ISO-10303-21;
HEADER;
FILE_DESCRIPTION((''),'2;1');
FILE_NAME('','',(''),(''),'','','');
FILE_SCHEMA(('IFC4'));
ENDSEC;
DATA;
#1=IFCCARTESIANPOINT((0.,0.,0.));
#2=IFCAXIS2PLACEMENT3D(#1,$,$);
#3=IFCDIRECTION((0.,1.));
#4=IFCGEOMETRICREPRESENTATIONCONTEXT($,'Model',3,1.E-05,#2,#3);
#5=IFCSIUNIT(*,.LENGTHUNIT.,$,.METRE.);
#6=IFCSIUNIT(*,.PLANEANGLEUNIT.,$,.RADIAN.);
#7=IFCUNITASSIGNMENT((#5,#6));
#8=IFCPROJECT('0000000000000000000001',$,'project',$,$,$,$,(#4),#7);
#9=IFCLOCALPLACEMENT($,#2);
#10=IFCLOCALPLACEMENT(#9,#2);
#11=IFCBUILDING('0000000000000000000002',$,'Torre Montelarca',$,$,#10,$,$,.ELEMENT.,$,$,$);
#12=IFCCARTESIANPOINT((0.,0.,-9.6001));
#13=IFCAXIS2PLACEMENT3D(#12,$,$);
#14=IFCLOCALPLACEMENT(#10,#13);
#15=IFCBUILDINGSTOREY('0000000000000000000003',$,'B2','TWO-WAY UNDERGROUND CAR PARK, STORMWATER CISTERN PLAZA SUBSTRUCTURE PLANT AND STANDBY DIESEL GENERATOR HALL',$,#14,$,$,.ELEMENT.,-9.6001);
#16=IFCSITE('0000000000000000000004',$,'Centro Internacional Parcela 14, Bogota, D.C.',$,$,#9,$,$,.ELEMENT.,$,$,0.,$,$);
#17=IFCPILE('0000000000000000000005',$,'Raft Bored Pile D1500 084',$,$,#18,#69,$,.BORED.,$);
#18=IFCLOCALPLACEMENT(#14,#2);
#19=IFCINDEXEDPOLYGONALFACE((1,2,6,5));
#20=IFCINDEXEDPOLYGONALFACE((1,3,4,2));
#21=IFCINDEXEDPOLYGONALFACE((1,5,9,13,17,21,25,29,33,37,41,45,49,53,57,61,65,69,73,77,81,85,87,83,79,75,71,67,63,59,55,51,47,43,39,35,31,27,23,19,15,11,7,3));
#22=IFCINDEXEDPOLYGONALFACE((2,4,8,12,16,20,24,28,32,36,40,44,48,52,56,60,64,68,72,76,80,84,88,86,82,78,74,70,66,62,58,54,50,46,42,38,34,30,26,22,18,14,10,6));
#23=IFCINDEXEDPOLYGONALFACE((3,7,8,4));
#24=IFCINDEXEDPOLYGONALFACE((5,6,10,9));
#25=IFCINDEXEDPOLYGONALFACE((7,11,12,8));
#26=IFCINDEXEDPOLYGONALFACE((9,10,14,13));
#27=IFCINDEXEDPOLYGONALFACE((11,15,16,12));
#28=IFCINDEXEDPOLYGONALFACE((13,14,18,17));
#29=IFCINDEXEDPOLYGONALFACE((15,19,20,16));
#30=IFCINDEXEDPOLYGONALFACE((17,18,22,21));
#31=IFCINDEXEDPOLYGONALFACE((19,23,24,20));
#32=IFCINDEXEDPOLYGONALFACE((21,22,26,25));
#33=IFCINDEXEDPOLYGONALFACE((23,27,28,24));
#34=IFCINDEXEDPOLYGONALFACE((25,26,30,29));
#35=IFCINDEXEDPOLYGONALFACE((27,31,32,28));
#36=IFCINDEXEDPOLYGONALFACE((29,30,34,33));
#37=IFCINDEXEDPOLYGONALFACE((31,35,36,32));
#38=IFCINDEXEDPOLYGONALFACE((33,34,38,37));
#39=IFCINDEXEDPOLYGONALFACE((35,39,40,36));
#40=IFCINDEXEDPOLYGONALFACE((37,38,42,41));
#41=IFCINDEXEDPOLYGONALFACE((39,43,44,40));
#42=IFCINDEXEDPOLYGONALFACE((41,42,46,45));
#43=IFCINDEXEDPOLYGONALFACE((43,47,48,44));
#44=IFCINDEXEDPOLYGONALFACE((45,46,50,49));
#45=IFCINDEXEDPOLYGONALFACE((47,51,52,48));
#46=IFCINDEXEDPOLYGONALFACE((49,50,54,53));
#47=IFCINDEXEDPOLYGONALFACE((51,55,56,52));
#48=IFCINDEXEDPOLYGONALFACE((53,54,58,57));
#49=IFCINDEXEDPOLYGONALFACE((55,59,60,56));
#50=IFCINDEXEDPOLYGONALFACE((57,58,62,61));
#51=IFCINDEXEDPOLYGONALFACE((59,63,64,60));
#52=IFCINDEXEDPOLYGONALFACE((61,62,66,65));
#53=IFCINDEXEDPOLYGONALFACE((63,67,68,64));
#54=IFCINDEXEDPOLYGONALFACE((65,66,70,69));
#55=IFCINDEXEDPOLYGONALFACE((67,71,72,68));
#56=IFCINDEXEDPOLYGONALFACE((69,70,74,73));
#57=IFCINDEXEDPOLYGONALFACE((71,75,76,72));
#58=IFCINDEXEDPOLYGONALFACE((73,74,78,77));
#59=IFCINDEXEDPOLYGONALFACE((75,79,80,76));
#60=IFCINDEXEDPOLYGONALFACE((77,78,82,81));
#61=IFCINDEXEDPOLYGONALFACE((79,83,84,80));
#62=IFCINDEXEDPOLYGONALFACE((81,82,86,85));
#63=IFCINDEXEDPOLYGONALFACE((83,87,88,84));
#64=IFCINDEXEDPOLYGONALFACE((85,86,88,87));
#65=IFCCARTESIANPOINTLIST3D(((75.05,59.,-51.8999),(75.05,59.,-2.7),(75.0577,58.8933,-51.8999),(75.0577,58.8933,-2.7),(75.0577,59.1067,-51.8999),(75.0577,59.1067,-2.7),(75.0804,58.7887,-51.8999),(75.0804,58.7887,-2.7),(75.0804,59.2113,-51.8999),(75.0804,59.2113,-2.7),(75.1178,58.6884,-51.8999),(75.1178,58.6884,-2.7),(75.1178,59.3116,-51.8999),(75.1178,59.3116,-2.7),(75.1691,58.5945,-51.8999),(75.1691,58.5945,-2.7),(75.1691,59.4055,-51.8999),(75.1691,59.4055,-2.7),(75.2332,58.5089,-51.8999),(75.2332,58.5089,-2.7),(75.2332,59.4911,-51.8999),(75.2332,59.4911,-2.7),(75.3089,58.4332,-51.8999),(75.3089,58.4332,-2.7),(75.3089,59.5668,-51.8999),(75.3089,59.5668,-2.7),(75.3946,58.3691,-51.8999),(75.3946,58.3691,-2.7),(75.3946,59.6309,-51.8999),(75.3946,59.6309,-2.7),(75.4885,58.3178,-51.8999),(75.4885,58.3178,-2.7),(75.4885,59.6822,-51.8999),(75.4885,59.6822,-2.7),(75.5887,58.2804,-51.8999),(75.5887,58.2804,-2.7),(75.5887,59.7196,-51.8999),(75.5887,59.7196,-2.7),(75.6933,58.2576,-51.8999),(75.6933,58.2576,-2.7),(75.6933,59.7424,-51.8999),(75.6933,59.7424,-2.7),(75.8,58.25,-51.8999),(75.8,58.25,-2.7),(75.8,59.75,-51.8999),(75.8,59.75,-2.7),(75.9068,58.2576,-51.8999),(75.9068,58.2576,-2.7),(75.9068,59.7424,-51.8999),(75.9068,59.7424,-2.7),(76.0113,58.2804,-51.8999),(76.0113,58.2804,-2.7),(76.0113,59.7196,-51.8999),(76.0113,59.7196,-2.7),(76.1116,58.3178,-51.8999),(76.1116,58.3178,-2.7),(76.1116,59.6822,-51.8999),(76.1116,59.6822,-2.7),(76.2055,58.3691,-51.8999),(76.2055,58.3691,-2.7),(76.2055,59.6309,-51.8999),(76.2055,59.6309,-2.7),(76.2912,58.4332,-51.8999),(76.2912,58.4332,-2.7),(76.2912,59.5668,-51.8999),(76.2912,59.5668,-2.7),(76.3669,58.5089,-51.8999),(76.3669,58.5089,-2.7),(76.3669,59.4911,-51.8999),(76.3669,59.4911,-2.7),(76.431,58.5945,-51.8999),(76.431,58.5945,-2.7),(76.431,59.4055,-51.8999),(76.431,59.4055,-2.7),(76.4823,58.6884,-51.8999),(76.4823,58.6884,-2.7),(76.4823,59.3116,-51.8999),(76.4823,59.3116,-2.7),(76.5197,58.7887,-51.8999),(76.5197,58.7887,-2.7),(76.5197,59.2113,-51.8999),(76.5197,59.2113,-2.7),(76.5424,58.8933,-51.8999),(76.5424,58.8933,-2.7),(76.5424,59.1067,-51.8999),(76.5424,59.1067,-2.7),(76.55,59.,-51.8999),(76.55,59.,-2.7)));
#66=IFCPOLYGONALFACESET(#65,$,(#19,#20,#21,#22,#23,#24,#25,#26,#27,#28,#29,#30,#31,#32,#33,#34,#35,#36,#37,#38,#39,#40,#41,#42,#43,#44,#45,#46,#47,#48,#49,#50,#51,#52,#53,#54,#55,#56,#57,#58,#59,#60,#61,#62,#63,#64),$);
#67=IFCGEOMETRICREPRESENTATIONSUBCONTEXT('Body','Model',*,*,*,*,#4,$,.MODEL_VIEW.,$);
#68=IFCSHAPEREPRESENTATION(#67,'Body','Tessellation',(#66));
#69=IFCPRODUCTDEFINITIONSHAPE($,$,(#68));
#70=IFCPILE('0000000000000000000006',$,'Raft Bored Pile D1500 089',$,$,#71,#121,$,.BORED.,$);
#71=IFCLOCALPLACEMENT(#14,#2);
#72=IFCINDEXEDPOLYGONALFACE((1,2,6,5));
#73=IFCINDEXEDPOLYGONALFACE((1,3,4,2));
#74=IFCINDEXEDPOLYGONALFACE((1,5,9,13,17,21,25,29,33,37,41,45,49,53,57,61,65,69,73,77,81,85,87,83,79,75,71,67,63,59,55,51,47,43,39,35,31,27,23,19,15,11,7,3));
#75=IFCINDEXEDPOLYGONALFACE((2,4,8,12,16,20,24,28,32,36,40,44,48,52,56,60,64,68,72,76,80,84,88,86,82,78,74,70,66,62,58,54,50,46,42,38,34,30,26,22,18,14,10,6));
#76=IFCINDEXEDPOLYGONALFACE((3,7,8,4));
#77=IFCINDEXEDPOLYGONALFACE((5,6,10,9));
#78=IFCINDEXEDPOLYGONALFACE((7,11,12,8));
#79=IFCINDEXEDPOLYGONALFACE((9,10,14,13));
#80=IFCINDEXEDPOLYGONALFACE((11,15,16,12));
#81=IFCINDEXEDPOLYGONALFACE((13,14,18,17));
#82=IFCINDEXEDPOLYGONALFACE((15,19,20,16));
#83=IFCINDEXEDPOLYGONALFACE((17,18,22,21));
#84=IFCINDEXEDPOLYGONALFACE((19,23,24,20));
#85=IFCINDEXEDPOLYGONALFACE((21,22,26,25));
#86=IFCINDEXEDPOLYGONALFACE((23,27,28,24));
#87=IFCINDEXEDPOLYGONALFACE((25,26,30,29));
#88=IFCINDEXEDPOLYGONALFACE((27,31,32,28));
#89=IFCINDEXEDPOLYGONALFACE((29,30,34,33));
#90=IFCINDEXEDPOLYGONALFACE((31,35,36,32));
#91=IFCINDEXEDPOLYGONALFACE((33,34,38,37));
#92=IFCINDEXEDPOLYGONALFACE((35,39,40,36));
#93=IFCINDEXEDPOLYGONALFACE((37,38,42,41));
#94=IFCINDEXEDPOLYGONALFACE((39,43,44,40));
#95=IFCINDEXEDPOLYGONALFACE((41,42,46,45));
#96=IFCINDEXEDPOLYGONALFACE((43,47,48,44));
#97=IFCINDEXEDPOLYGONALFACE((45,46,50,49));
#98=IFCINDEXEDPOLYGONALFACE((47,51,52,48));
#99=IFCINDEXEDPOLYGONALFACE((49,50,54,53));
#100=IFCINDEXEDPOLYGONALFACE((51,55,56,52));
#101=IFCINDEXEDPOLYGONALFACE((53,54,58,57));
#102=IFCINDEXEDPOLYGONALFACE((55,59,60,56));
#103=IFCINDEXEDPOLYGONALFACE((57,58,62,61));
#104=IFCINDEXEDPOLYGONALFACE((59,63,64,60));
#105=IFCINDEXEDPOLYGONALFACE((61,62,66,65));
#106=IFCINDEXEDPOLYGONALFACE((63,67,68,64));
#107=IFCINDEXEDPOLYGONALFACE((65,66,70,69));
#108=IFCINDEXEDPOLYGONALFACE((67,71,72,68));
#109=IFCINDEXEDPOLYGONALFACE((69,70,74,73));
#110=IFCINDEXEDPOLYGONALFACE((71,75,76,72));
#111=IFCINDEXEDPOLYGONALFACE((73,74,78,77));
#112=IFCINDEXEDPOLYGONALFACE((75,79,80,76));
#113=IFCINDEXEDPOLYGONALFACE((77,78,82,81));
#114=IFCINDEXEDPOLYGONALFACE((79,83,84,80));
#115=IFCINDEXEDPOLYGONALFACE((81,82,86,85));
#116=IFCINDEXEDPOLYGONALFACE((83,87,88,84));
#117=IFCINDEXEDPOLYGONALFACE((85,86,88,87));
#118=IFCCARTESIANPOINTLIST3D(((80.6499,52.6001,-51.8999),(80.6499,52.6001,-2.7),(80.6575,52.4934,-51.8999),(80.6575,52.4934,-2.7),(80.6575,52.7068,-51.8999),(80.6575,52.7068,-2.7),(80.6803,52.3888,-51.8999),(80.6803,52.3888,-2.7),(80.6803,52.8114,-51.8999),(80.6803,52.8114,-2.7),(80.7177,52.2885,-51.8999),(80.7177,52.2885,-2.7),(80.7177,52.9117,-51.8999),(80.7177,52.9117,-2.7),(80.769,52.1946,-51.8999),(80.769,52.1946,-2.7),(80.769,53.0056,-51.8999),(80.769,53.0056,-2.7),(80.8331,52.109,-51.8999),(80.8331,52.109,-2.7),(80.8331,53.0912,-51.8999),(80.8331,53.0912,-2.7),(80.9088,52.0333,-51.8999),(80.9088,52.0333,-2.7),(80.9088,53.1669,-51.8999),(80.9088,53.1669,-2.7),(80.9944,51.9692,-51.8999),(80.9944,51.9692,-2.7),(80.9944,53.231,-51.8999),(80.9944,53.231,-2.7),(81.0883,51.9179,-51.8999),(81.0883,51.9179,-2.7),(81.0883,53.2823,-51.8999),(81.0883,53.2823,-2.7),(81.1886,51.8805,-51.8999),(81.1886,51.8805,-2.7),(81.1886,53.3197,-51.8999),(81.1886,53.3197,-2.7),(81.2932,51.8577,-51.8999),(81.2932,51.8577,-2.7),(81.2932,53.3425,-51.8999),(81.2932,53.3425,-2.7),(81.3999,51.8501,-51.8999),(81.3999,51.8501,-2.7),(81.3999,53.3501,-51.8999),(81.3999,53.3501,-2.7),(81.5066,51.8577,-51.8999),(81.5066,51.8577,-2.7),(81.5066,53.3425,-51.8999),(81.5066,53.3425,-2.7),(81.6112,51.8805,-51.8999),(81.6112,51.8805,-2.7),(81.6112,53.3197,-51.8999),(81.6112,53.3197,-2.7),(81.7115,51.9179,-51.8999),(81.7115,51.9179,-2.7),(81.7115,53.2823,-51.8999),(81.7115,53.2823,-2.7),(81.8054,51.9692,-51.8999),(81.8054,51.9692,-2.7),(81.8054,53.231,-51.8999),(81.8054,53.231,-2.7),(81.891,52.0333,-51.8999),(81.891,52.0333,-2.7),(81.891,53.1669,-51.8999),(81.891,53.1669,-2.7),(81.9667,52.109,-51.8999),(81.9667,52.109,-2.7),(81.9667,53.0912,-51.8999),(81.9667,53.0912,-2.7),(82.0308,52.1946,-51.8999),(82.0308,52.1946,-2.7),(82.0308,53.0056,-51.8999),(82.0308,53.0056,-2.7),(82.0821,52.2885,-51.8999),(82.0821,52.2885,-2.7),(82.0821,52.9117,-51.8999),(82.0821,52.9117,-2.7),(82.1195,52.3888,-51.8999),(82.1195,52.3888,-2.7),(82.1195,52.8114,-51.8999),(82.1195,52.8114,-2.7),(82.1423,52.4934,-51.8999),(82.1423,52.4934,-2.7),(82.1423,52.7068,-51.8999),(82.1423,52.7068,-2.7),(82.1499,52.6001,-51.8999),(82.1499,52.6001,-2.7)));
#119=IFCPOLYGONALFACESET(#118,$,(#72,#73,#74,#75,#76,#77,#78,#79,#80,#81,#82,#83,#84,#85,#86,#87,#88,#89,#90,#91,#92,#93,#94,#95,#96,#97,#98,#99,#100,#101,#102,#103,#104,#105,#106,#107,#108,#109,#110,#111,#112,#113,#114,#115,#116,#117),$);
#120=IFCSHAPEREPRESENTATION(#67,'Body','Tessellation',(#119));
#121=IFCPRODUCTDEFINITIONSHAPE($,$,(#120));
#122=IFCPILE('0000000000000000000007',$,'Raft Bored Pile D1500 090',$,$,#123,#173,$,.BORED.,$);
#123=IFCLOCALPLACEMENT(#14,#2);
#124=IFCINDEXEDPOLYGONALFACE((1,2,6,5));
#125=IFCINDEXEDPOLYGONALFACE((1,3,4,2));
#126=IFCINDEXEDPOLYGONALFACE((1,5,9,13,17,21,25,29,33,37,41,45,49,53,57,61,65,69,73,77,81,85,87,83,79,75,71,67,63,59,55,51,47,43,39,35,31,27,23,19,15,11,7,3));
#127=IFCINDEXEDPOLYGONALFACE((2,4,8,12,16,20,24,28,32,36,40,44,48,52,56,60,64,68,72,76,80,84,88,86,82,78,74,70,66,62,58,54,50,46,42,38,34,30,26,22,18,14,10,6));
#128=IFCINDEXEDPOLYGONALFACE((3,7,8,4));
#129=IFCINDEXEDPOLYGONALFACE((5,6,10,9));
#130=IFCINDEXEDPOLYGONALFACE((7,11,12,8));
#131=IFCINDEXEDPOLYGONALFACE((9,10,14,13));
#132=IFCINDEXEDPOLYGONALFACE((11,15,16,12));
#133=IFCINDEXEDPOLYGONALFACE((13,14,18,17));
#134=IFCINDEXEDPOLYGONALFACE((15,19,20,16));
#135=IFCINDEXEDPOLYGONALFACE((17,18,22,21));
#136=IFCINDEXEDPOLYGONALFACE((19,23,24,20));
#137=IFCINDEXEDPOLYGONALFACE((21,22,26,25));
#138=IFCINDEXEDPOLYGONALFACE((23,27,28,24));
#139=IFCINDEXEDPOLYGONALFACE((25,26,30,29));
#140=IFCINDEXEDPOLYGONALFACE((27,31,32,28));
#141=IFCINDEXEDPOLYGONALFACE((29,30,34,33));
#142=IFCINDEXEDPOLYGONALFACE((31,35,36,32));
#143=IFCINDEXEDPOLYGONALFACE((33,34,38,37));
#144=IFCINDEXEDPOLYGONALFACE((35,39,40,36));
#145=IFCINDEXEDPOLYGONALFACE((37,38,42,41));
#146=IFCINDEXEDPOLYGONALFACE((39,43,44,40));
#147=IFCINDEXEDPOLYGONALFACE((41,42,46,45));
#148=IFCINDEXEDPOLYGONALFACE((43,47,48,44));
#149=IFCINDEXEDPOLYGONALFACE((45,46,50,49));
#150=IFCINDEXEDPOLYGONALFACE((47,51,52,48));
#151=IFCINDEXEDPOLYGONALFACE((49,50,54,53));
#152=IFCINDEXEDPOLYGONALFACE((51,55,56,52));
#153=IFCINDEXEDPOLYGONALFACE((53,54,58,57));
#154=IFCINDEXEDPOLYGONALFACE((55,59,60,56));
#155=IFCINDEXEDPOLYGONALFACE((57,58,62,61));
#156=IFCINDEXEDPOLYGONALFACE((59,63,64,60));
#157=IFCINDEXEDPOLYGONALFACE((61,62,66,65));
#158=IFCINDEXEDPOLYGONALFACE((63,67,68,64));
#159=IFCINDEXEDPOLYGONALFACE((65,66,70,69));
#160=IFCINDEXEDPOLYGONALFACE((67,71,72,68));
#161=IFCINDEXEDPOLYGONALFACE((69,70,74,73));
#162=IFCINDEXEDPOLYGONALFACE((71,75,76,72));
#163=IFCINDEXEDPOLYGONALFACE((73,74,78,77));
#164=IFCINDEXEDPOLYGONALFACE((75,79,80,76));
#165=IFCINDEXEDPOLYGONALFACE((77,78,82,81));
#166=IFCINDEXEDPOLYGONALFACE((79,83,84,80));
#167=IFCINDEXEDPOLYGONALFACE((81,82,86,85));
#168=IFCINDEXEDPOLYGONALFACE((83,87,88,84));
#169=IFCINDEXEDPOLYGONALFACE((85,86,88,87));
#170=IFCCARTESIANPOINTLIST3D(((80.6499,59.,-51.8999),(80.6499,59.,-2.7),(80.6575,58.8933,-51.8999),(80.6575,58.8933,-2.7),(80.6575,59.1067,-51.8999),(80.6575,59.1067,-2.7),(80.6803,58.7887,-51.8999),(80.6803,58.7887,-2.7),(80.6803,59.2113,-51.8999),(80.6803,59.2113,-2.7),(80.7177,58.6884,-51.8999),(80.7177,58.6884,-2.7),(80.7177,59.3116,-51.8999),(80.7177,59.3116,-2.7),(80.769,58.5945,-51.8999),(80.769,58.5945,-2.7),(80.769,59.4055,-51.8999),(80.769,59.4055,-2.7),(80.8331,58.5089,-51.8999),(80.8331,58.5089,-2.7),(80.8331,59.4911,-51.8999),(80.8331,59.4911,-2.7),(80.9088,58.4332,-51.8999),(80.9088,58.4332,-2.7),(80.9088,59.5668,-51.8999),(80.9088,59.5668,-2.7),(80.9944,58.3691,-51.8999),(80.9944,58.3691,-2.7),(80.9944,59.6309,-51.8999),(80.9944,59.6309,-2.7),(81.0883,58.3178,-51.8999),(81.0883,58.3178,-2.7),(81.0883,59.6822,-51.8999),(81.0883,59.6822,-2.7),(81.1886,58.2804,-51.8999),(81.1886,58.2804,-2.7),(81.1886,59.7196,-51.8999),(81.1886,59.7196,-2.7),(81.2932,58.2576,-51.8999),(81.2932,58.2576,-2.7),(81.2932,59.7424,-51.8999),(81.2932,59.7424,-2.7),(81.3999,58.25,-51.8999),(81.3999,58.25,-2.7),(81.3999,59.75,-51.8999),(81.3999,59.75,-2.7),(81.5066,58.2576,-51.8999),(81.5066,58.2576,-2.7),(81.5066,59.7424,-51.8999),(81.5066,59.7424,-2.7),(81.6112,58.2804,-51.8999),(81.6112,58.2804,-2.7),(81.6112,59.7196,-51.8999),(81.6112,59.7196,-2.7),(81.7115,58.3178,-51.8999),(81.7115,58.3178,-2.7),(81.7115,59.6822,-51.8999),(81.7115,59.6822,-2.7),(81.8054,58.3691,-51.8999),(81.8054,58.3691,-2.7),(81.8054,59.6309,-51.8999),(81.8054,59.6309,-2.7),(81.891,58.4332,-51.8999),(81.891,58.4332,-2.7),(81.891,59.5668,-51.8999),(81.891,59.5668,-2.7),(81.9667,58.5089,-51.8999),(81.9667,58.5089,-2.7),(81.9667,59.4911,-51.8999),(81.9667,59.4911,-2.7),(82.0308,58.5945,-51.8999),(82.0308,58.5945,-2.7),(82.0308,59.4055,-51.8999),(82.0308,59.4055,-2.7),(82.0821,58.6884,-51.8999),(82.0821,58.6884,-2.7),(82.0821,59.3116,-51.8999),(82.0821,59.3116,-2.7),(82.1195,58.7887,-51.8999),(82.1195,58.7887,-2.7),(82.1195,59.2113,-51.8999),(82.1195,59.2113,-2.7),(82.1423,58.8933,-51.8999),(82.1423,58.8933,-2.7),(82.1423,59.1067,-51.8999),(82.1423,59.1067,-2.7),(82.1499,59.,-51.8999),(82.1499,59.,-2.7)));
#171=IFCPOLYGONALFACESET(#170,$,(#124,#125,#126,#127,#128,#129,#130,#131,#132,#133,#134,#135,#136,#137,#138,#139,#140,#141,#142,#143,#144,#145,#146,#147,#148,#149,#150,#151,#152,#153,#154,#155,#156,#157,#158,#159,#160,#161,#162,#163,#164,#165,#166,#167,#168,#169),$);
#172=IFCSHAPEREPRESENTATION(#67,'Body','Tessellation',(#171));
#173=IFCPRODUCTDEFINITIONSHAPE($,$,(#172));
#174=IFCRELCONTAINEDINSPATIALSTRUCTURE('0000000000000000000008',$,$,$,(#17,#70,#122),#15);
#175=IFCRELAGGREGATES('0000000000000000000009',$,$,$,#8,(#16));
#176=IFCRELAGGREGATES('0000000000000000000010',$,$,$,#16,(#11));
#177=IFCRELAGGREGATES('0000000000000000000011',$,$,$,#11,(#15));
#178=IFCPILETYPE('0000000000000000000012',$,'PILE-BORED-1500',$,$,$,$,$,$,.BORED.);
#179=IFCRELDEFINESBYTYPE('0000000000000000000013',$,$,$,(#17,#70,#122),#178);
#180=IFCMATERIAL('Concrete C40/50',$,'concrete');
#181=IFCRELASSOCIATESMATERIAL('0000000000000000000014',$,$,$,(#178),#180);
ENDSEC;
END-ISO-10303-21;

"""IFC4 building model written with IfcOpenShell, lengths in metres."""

from ifc_helpers import new_model, si_unit, direction, frame, origin, origin_2d, place, context, subcontext, project, spatial, circle, extrude, source, transform, mapped, material, material_profile, profile_set, type_object, element, save


model = new_model("IFC4")

# Units and contexts
model_context = context("Model", 3, precision=1e-05, world=origin(), true_north=direction((0.0, 1.0)))
body_context = subcontext(model_context, "Body", "Model", "MODEL_VIEW")
ifc_project = project(units=[si_unit("LENGTHUNIT", "METRE"), si_unit("PLANEANGLEUNIT", "RADIAN")], contexts=[model_context])

# Site, building, storey
site_placement = place(None, origin())
site = spatial("IfcSite", under=ifc_project, at=site_placement, Name="Centro Internacional Parcela 14, Bogota, D.C.", CompositionType="ELEMENT", RefElevation=0.0)
building_placement = place(site_placement, origin())
building = spatial("IfcBuilding", under=site, at=building_placement, Name="Torre Montelarca", CompositionType="ELEMENT")
storey_placement = place(building_placement, frame((0.0, 0.0, -9.6001)))
storey = spatial("IfcBuildingStorey", under=building, at=storey_placement, Name="B2", Description="TWO-WAY UNDERGROUND CAR PARK, STORMWATER CISTERN PLAZA SUBSTRUCTURE PLANT AND STANDBY DIESEL GENERATOR HALL", CompositionType="ELEMENT", Elevation=-9.6001)

# Piles
ifc_material_1 = material(Name="Concrete C40/50", Category="concrete")
ifc_material_profile_1 = material_profile(ifc_material_1, circle(Radius=0.75, at=origin_2d()), Name="PILE-D1500", Category="concrete")
ifc_profile_set_1 = profile_set([ifc_material_profile_1], Name="Concrete C40/50")
pile_type = type_object("IfcPileType", Name="PILE-BORED-1500", PredefinedType="BORED", material=ifc_profile_set_1)
shared_shape_1 = source(origin(), body_context, "Body", "SweptSolid", [
    extrude(circle(Radius=0.75, at=origin_2d()), origin(), (0.0, 0.0, 1.0), 49.2),
])
for number, where, z_axis, x_axis, name in (
    (1, (75.8, 59.0, -2.7), (0.0, 0.0, -1.0), (1.0, 0.0, 0.0), "Raft Bored Pile D1500 084"),
    (2, (81.3999, 52.6001, -2.7), (0.0, 0.0, -1.0), (1.0, 0.0, 0.0), "Raft Bored Pile D1500 089"),
    (3, (81.3999, 59.0, -2.7), (0.0, 0.0, -1.0), (1.0, 0.0, 0.0), "Raft Bored Pile D1500 090"),
):
    element("IfcPile", number, at=place(storey_placement, frame(where, z_axis=z_axis, x_axis=x_axis)), inside=storey, type_object=pile_type, Name=name, PredefinedType="BORED", context=body_context, shape_type="MappedRepresentation", body=[
        mapped(shared_shape_1, transform((0.0, 0.0, 0.0), scale=1.0)),
    ])

save(model, "model.ifc")
